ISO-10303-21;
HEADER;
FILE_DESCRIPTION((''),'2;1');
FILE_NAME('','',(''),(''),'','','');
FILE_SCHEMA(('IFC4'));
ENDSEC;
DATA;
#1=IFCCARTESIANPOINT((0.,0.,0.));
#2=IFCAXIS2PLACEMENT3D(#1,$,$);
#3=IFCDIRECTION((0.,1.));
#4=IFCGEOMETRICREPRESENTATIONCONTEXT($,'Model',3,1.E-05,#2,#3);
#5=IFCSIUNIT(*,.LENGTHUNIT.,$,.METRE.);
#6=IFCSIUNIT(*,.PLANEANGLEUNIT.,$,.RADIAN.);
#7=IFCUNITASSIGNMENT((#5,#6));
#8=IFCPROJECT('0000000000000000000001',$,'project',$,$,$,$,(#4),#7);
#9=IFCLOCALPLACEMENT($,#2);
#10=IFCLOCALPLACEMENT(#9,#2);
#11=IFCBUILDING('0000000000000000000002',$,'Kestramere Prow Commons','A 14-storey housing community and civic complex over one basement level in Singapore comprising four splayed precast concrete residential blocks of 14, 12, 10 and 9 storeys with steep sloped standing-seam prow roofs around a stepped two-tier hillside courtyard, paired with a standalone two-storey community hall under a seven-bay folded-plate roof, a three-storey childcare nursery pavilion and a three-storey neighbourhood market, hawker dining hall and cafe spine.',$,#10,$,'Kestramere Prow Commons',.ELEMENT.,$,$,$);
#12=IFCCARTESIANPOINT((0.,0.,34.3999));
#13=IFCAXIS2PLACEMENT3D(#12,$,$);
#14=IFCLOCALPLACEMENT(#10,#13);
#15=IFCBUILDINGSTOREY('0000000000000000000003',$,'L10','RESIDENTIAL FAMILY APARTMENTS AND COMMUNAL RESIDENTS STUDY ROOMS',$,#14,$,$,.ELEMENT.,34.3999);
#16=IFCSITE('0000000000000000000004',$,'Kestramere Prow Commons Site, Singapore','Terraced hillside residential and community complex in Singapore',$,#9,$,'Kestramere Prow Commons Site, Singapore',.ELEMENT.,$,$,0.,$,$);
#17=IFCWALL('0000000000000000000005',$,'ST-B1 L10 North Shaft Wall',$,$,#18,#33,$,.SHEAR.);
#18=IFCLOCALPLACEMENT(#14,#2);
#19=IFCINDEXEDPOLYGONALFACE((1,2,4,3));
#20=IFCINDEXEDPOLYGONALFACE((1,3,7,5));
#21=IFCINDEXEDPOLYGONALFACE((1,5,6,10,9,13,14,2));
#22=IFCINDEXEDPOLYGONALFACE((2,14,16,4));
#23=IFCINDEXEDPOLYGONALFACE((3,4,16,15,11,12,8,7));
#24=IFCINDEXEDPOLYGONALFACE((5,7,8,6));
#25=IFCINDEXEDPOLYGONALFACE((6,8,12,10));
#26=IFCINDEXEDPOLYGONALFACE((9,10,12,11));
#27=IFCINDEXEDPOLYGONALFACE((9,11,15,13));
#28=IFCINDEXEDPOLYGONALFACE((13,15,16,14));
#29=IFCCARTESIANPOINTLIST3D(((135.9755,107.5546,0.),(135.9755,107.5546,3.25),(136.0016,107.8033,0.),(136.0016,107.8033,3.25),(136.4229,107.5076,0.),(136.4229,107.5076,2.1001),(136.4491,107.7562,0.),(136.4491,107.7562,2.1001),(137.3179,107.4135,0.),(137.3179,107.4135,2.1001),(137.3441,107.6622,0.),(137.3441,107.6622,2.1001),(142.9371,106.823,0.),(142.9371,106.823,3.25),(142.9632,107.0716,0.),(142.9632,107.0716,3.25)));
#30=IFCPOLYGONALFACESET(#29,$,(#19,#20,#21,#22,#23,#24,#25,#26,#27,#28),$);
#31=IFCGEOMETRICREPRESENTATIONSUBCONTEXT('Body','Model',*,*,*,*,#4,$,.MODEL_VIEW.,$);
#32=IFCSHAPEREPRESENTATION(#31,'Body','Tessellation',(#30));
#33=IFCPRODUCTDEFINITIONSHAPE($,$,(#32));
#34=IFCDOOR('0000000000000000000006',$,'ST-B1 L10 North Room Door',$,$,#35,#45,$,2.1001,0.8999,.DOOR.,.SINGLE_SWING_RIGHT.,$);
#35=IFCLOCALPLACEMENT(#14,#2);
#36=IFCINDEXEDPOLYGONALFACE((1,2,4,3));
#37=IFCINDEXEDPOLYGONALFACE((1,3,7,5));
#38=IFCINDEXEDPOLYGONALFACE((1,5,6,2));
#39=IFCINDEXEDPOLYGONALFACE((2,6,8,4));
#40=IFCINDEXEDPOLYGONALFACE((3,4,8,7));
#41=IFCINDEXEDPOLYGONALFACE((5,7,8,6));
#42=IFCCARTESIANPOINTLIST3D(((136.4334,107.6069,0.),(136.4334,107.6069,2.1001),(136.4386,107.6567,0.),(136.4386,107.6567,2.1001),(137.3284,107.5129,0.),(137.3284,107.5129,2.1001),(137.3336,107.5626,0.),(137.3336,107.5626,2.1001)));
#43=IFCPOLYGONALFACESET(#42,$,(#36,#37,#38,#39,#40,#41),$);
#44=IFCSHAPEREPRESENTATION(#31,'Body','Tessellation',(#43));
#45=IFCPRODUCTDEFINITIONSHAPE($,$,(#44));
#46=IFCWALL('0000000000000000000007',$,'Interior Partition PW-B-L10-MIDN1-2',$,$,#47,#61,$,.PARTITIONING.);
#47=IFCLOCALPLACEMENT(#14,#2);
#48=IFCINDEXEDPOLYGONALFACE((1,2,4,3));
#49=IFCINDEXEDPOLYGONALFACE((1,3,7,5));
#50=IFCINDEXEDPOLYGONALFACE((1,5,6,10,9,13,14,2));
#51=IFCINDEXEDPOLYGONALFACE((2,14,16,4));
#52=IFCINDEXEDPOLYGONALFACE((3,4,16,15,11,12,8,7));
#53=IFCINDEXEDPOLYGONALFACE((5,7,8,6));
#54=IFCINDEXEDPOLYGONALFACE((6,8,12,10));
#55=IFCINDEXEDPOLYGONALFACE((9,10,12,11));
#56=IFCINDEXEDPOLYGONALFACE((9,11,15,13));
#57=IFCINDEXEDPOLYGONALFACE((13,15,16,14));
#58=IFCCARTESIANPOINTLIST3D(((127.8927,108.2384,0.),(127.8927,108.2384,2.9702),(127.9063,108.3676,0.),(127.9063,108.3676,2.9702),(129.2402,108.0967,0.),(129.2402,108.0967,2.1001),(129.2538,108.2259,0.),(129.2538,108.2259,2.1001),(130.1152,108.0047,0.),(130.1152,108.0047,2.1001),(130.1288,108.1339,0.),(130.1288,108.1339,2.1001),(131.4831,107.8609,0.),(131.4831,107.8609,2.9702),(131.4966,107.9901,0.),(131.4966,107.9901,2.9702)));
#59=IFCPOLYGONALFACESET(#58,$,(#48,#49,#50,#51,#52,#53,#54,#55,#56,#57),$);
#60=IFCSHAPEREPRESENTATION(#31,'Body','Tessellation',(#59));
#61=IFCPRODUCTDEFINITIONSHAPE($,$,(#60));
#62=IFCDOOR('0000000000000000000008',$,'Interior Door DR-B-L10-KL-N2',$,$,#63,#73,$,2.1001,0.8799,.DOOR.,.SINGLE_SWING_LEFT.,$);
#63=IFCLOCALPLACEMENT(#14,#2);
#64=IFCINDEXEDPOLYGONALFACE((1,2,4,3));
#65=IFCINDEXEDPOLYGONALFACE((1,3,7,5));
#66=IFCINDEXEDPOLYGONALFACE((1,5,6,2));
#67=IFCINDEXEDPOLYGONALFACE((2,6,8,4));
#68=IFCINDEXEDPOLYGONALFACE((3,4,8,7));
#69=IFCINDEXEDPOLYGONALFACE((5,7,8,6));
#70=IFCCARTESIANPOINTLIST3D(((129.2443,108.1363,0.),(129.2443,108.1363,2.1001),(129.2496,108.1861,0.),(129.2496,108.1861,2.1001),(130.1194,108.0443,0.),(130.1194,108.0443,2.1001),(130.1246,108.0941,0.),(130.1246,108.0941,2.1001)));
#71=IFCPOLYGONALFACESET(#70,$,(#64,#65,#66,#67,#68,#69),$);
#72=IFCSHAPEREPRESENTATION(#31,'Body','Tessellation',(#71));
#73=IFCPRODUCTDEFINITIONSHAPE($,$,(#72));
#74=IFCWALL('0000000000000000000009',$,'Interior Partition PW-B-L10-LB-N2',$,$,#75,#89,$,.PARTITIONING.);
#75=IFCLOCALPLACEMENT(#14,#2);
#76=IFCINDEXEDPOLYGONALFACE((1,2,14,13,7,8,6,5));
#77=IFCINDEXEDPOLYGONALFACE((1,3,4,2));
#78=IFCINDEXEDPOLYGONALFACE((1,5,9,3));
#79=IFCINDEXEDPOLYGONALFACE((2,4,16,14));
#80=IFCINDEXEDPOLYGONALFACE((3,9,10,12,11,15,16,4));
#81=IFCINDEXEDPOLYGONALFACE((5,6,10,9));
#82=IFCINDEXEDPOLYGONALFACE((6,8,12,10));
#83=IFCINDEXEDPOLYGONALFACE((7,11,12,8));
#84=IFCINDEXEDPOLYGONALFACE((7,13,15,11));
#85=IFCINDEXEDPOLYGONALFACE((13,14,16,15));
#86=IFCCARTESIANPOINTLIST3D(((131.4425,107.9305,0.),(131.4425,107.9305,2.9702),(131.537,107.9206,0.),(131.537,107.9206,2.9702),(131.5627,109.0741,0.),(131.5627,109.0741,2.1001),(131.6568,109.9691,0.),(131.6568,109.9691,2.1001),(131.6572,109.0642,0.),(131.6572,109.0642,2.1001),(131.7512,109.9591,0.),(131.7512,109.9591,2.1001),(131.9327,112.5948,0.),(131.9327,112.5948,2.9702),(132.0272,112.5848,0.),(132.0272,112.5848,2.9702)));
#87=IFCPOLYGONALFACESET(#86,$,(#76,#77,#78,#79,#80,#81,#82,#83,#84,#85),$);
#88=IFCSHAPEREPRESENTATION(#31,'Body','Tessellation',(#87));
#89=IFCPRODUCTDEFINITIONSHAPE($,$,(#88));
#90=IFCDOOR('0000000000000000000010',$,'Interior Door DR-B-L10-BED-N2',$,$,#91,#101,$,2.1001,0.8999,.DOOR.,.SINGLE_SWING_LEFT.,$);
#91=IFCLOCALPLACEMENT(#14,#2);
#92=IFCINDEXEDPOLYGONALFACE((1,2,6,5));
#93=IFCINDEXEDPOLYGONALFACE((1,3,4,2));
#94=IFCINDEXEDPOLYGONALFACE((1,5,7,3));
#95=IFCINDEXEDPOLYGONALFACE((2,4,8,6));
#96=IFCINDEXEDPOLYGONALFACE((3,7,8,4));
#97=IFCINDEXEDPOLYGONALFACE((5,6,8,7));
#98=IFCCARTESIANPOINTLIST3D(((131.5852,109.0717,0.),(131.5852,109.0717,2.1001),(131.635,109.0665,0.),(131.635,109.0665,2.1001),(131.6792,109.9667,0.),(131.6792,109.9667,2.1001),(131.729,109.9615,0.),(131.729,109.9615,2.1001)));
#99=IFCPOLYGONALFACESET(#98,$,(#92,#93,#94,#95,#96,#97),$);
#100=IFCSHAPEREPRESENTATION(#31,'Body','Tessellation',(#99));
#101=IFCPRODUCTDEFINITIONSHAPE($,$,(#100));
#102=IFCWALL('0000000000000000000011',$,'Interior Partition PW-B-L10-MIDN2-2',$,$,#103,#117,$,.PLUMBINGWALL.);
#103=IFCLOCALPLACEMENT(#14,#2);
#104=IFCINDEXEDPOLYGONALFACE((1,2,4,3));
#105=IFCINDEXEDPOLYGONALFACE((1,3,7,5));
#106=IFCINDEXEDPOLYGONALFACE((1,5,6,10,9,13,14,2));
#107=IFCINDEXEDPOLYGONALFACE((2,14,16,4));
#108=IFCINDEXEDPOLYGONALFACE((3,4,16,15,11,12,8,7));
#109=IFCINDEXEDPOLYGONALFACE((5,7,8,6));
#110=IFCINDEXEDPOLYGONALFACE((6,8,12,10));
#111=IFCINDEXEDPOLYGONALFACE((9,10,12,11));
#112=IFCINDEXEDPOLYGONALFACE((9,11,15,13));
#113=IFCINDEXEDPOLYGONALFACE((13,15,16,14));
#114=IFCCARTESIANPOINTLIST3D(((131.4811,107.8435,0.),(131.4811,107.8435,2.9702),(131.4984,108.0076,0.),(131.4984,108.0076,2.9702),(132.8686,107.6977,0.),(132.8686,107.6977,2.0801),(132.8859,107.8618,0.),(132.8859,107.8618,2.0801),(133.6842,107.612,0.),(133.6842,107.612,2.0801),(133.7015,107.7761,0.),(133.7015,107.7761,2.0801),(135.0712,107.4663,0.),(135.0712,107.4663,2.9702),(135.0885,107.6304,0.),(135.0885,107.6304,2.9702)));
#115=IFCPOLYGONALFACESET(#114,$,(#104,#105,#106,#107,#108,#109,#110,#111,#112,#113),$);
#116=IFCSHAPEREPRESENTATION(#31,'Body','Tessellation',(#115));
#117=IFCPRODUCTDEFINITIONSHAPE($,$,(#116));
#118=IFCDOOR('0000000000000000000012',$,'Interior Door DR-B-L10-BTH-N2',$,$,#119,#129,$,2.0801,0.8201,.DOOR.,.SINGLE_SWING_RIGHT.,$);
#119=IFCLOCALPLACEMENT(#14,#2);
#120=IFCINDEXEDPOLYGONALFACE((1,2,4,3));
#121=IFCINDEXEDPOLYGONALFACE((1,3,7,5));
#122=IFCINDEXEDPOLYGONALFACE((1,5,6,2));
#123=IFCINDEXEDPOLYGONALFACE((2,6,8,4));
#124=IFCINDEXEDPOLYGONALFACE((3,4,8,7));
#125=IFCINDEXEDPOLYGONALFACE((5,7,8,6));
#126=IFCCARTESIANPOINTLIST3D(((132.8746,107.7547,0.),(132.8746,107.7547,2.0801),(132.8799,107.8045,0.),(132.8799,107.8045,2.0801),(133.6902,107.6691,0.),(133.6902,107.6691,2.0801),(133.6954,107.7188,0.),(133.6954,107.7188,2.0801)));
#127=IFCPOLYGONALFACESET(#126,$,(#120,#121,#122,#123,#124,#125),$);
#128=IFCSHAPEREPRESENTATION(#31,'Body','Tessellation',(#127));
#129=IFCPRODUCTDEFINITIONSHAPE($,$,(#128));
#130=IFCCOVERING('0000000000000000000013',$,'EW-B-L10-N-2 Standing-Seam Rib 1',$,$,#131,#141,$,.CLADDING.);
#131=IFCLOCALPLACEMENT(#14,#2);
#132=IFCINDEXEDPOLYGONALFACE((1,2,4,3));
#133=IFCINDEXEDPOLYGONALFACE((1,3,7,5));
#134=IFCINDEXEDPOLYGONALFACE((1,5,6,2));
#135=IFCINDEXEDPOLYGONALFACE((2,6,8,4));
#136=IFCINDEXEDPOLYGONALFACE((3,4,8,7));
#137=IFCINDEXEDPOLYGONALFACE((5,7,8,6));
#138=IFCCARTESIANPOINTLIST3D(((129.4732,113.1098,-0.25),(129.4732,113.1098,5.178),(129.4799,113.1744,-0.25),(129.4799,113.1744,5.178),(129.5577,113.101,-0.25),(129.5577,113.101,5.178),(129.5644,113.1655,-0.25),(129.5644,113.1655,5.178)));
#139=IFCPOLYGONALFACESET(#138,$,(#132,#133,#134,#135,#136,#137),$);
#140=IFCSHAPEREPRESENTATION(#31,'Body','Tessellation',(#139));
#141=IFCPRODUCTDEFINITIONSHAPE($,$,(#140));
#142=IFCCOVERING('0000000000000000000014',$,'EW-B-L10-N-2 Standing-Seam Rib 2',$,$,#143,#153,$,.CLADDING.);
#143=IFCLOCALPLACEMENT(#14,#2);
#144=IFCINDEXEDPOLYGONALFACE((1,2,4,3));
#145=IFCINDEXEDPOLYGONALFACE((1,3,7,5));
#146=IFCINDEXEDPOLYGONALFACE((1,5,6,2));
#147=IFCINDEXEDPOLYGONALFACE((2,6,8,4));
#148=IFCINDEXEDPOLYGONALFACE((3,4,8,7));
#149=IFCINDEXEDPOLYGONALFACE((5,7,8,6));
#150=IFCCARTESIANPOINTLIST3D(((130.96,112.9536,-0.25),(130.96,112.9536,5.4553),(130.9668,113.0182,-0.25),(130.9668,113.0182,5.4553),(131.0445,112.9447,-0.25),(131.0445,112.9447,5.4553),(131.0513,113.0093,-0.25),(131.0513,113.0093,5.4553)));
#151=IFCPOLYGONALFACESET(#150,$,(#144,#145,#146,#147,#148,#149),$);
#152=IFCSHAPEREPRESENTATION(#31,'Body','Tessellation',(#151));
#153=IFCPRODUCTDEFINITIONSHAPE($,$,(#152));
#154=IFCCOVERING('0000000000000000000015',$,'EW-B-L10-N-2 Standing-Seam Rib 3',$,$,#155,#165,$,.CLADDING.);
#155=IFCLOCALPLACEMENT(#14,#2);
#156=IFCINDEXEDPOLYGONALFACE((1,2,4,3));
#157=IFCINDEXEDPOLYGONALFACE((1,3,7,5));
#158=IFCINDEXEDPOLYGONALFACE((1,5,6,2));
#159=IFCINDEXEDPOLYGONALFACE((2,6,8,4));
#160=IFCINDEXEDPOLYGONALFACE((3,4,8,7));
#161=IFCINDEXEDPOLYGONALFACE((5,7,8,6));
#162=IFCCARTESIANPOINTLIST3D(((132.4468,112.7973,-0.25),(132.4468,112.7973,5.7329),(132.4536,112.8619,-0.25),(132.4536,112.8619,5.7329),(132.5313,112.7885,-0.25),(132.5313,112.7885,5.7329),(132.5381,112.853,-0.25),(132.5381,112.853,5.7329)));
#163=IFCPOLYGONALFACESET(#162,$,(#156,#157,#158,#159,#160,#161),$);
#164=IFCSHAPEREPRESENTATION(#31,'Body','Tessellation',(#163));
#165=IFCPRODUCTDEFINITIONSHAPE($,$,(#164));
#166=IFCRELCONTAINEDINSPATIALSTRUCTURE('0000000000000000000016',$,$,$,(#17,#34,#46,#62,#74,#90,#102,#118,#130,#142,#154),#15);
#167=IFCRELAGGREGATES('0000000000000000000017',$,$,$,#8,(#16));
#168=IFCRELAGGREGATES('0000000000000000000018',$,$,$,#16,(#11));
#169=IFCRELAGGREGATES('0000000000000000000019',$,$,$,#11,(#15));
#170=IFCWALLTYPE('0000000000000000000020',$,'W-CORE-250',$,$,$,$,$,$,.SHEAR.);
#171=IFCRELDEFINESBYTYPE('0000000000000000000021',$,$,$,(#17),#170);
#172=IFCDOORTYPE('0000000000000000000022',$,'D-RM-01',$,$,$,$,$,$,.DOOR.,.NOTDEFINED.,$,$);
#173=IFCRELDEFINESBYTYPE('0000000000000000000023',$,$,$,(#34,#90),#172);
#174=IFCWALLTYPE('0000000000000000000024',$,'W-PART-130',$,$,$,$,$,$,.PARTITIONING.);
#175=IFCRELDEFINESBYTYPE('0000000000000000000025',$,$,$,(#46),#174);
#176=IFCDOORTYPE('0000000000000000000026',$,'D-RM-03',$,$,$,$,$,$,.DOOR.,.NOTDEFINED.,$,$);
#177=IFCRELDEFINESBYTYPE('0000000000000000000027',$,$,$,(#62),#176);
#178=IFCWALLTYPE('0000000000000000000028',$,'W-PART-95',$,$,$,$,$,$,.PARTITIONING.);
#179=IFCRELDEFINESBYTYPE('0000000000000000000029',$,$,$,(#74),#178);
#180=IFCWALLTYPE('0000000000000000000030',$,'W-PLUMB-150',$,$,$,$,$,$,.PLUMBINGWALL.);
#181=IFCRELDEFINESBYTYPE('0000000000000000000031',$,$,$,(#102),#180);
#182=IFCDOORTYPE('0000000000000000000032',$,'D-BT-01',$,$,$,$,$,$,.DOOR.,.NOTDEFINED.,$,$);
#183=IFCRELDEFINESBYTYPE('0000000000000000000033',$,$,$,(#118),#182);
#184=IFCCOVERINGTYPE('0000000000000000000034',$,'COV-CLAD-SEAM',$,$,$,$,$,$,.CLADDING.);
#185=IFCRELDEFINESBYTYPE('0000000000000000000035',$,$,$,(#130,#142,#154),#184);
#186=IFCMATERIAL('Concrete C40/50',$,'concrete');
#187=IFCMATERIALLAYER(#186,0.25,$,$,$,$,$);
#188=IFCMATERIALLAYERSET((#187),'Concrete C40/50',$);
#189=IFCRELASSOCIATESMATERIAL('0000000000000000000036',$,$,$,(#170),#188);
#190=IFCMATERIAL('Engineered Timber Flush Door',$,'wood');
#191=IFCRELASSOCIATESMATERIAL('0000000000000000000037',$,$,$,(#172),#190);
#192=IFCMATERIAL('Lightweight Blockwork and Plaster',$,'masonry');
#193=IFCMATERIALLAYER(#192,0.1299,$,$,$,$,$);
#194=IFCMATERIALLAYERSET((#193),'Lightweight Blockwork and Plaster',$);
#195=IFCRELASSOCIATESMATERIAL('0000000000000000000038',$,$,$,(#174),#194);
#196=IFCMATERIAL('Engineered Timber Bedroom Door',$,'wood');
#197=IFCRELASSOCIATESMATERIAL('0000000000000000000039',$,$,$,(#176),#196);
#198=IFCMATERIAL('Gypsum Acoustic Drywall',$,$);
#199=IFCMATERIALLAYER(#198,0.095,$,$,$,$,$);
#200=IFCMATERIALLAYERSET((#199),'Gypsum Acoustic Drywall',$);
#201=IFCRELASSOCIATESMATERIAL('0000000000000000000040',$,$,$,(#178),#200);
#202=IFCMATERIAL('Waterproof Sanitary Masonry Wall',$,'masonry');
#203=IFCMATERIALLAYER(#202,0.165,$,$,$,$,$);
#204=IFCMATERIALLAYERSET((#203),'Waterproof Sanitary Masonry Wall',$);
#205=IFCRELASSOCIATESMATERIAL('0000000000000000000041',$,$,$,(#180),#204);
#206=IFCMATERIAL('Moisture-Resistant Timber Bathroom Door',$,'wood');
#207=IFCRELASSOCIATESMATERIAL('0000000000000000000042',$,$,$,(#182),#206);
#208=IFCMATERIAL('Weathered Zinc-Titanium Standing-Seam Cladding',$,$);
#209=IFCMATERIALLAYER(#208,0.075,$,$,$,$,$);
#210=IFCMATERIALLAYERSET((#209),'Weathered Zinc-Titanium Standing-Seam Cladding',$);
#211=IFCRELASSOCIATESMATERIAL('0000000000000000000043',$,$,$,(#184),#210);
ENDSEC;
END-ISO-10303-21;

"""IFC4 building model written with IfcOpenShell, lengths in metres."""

from ifc_helpers import new_model, si_unit, direction, frame, frame_2d, origin, origin_2d, place, context, subcontext, project, spatial, rectangle, extrude, material, layer, layer_set, type_object, element, fill, save


model = new_model("IFC4")

# Units and contexts
model_context = context("Model", 3, precision=1e-05, world=origin(), true_north=direction((0.0, 1.0)))
body_context = subcontext(model_context, "Body", "Model", "MODEL_VIEW")
ifc_project = project(units=[si_unit("LENGTHUNIT", "METRE"), si_unit("PLANEANGLEUNIT", "RADIAN")], contexts=[model_context])

# Site, building, storey
site_placement = place(None, origin())
site = spatial("IfcSite", under=ifc_project, at=site_placement, Name="Kestramere Prow Commons Site, Singapore", Description="Terraced hillside residential and community complex in Singapore", LongName="Kestramere Prow Commons Site, Singapore", CompositionType="ELEMENT", RefElevation=0.0)
building_placement = place(site_placement, origin())
building = spatial("IfcBuilding", under=site, at=building_placement, Name="Kestramere Prow Commons", Description="A 14-storey housing community and civic complex over one basement level in Singapore comprising four splayed precast concrete residential blocks of 14, 12, 10 and 9 storeys with steep sloped standing-seam prow roofs around a stepped two-tier hillside courtyard, paired with a standalone two-storey community hall under a seven-bay folded-plate roof, a three-storey childcare nursery pavilion and a three-storey neighbourhood market, hawker dining hall and cafe spine.", LongName="Kestramere Prow Commons", CompositionType="ELEMENT")
storey_placement = place(building_placement, frame((0.0, 0.0, 34.3999)))
storey = spatial("IfcBuildingStorey", under=building, at=storey_placement, Name="L10", Description="RESIDENTIAL FAMILY APARTMENTS AND COMMUNAL RESIDENTS STUDY ROOMS", CompositionType="ELEMENT", Elevation=34.3999)

# Walls, openings, doors
ifc_material_1 = material(Name="Concrete C40/50", Category="concrete")
ifc_layer_1 = layer(ifc_material_1, 0.25)
ifc_layer_set_1 = layer_set([ifc_layer_1], Name="Concrete C40/50")
wall_type_1 = type_object("IfcWallType", Name="W-CORE-250", PredefinedType="SHEAR", material=ifc_layer_set_1)
wall_1_placement = place(storey_placement, frame((135.9885, 107.679, 0.0), z_axis=(0.0, 0.0, 1.0), x_axis=(0.994522, -0.104527, 0.0)))
wall_1 = element("IfcWall", 1, at=wall_1_placement, inside=storey, type_object=wall_type_1, Name="ST-B1 L10 North Shaft Wall", PredefinedType="SHEAR", context=body_context, shape_type="SweptSolid", body=[
    extrude(rectangle(XDim=7.0, YDim=0.25, at=frame_2d((3.5, 0.0))), origin(), (0.0, 0.0, 1.0), 3.25),
])
opening_1_placement = place(wall_1_placement, frame((0.45, 0.0, 0.0)))
opening_1 = element("IfcOpeningElement", 2, at=opening_1_placement, cuts=wall_1, PredefinedType="OPENING", context=body_context, shape_type="SweptSolid", body=[
    extrude(rectangle(XDim=0.8999, YDim=2.1001, at=frame_2d((0.45, 1.05))), frame((0.0, 0.1399, 0.0), z_axis=(0.0, -1.0, 0.0), x_axis=(1.0, 0.0, 0.0)), (0.0, 0.0, 1.0), 0.28),
])
ifc_material_2 = material(Name="Engineered Timber Flush Door", Category="wood")
door_type_1 = type_object("IfcDoorType", Name="D-RM-01", OperationType="NOTDEFINED", PredefinedType="DOOR", material=ifc_material_2)
door_1_placement = place(opening_1_placement, origin())
door_1 = element("IfcDoor", 3, at=door_1_placement, inside=storey, type_object=door_type_1, Name="ST-B1 L10 North Room Door", OperationType="SINGLE_SWING_RIGHT", OverallHeight=2.1001, OverallWidth=0.8999, PredefinedType="DOOR", context=body_context, shape_type="SweptSolid", body=[
    extrude(rectangle(XDim=0.8999, YDim=2.1001, at=frame_2d((0.45, 1.05))), frame((0.0, 0.0249, 0.0), z_axis=(0.0, -1.0, 0.0), x_axis=(1.0, 0.0, 0.0)), (0.0, 0.0, 1.0), 0.05),
])
fill(opening_1, door_1)
ifc_material_3 = material(Name="Lightweight Blockwork and Plaster", Category="masonry")
ifc_layer_2 = layer(ifc_material_3, 0.1299)
ifc_layer_set_2 = layer_set([ifc_layer_2], Name="Lightweight Blockwork and Plaster")
wall_type_2 = type_object("IfcWallType", Name="W-PART-130", PredefinedType="PARTITIONING", material=ifc_layer_set_2)
wall_2_placement = place(storey_placement, frame((127.8994, 108.303, 0.0), z_axis=(0.0, 0.0, 1.0), x_axis=(0.99452, -0.104551, 0.0)))
wall_2 = element("IfcWall", 4, at=wall_2_placement, inside=storey, type_object=wall_type_2, Name="Interior Partition PW-B-L10-MIDN1-2", PredefinedType="PARTITIONING", context=body_context, shape_type="SweptSolid", body=[
    extrude(rectangle(XDim=3.6101, YDim=0.1299, at=frame_2d((1.8052, 0.0))), origin(), (0.0, 0.0, 1.0), 2.9702),
])
opening_2_placement = place(wall_2_placement, frame((1.355, 0.0, 0.0)))
opening_2 = element("IfcOpeningElement", 5, at=opening_2_placement, cuts=wall_2, PredefinedType="OPENING", context=body_context, shape_type="SweptSolid", body=[
    extrude(rectangle(XDim=0.8799, YDim=2.1001, at=frame_2d((0.4399, 1.05))), frame((0.0, 0.0798, 0.0), z_axis=(0.0, -1.0, 0.0), x_axis=(1.0, 0.0, 0.0)), (0.0, 0.0, 1.0), 0.1599),
])
ifc_material_4 = material(Name="Engineered Timber Bedroom Door", Category="wood")
door_type_2 = type_object("IfcDoorType", Name="D-RM-03", OperationType="NOTDEFINED", PredefinedType="DOOR", material=ifc_material_4)
door_2_placement = place(opening_2_placement, origin())
door_2 = element("IfcDoor", 6, at=door_2_placement, inside=storey, type_object=door_type_2, Name="Interior Door DR-B-L10-KL-N2", OperationType="SINGLE_SWING_LEFT", OverallHeight=2.1001, OverallWidth=0.8799, PredefinedType="DOOR", context=body_context, shape_type="SweptSolid", body=[
    extrude(rectangle(XDim=0.8799, YDim=2.1001, at=frame_2d((0.4399, 1.05))), frame((0.0, 0.0249, 0.0), z_axis=(0.0, -1.0, 0.0), x_axis=(1.0, 0.0, 0.0)), (0.0, 0.0, 1.0), 0.05),
])
fill(opening_2, door_2)
ifc_material_5 = material(Name="Gypsum Acoustic Drywall")
ifc_layer_3 = layer(ifc_material_5, 0.095)
ifc_layer_set_3 = layer_set([ifc_layer_3], Name="Gypsum Acoustic Drywall")
wall_type_3 = type_object("IfcWallType", Name="W-PART-95", PredefinedType="PARTITIONING", material=ifc_layer_set_3)
wall_3_placement = place(storey_placement, frame((131.4897, 107.9255, 0.0), z_axis=(0.0, 0.0, 1.0), x_axis=(0.104528, 0.994522, 0.0)))
wall_3 = element("IfcWall", 7, at=wall_3_placement, inside=storey, type_object=wall_type_3, Name="Interior Partition PW-B-L10-LB-N2", PredefinedType="PARTITIONING", context=body_context, shape_type="SweptSolid", body=[
    extrude(rectangle(XDim=4.6899, YDim=0.095, at=frame_2d((2.345, 0.0))), origin(), (0.0, 0.0, 1.0), 2.9702),
])
opening_3_placement = place(wall_3_placement, frame((1.1499, 0.0, 0.0)))
opening_3 = element("IfcOpeningElement", 8, at=opening_3_placement, cuts=wall_3, PredefinedType="OPENING", context=body_context, shape_type="SweptSolid", body=[
    extrude(rectangle(XDim=0.8999, YDim=2.1001, at=frame_2d((0.45, 1.05))), frame((0.0, 0.0625, 0.0), z_axis=(0.0, -1.0, 0.0), x_axis=(1.0, 0.0, 0.0)), (0.0, 0.0, 1.0), 0.125),
])
door_3_placement = place(opening_3_placement, origin())
door_3 = element("IfcDoor", 9, at=door_3_placement, inside=storey, type_object=door_type_1, Name="Interior Door DR-B-L10-BED-N2", OperationType="SINGLE_SWING_LEFT", OverallHeight=2.1001, OverallWidth=0.8999, PredefinedType="DOOR", context=body_context, shape_type="SweptSolid", body=[
    extrude(rectangle(XDim=0.8999, YDim=2.1001, at=frame_2d((0.45, 1.05))), frame((0.0, 0.0249, 0.0), z_axis=(0.0, -1.0, 0.0), x_axis=(1.0, 0.0, 0.0)), (0.0, 0.0, 1.0), 0.05),
])
fill(opening_3, door_3)
ifc_material_6 = material(Name="Waterproof Sanitary Masonry Wall", Category="masonry")
ifc_layer_4 = layer(ifc_material_6, 0.165)
ifc_layer_set_4 = layer_set([ifc_layer_4], Name="Waterproof Sanitary Masonry Wall")
wall_type_4 = type_object("IfcWallType", Name="W-PLUMB-150", PredefinedType="PLUMBINGWALL", material=ifc_layer_set_4)
wall_4_placement = place(storey_placement, frame((131.4897, 107.9255, 0.0), z_axis=(0.0, 0.0, 1.0), x_axis=(0.994526, -0.104491, 0.0)))
wall_4 = element("IfcWall", 10, at=wall_4_placement, inside=storey, type_object=wall_type_4, Name="Interior Partition PW-B-L10-MIDN2-2", PredefinedType="PLUMBINGWALL", context=body_context, shape_type="SweptSolid", body=[
    extrude(rectangle(XDim=3.6099, YDim=0.165, at=frame_2d((1.8049, 0.0))), origin(), (0.0, 0.0, 1.0), 2.9702),
])
opening_4_placement = place(wall_4_placement, frame((1.395, 0.0, 0.0)))
opening_4 = element("IfcOpeningElement", 11, at=opening_4_placement, cuts=wall_4, PredefinedType="OPENING", context=body_context, shape_type="SweptSolid", body=[
    extrude(rectangle(XDim=0.8201, YDim=2.0801, at=frame_2d((0.4102, 1.04))), frame((0.0, 0.0974, 0.0), z_axis=(0.0, -1.0, 0.0), x_axis=(1.0, 0.0, 0.0)), (0.0, 0.0, 1.0), 0.1951),
])
ifc_material_7 = material(Name="Moisture-Resistant Timber Bathroom Door", Category="wood")
door_type_3 = type_object("IfcDoorType", Name="D-BT-01", OperationType="NOTDEFINED", PredefinedType="DOOR", material=ifc_material_7)
door_4_placement = place(opening_4_placement, origin())
door_4 = element("IfcDoor", 12, at=door_4_placement, inside=storey, type_object=door_type_3, Name="Interior Door DR-B-L10-BTH-N2", OperationType="SINGLE_SWING_RIGHT", OverallHeight=2.0801, OverallWidth=0.8201, PredefinedType="DOOR", context=body_context, shape_type="SweptSolid", body=[
    extrude(rectangle(XDim=0.8201, YDim=2.0801, at=frame_2d((0.4102, 1.04))), frame((0.0, 0.0249, 0.0), z_axis=(0.0, -1.0, 0.0), x_axis=(1.0, 0.0, 0.0)), (0.0, 0.0, 1.0), 0.05),
])
fill(opening_4, door_4)

# Coverings
ifc_material_8 = material(Name="Weathered Zinc-Titanium Standing-Seam Cladding")
ifc_layer_5 = layer(ifc_material_8, 0.075)
ifc_layer_set_5 = layer_set([ifc_layer_5], Name="Weathered Zinc-Titanium Standing-Seam Cladding")
covering_type = type_object("IfcCoveringType", Name="COV-CLAD-SEAM", PredefinedType="CLADDING", material=ifc_layer_set_5)
covering_1_placement = place(storey_placement, frame((129.5188, 113.1377, -0.25), z_axis=(0.0, 0.0, 1.0), x_axis=(0.994522, -0.104528, 0.0)))
element("IfcCovering", 13, at=covering_1_placement, inside=storey, type_object=covering_type, Name="EW-B-L10-N-2 Standing-Seam Rib 1", PredefinedType="CLADDING", context=body_context, shape_type="SweptSolid", body=[
    extrude(rectangle(XDim=0.085, YDim=0.0649, at=origin_2d()), origin(), (0.0, 0.0, 1.0), 5.428),
])
covering_2_placement = place(storey_placement, frame((131.0056, 112.9814, -0.25), z_axis=(0.0, 0.0, 1.0), x_axis=(0.994522, -0.104528, 0.0)))
element("IfcCovering", 14, at=covering_2_placement, inside=storey, type_object=covering_type, Name="EW-B-L10-N-2 Standing-Seam Rib 2", PredefinedType="CLADDING", context=body_context, shape_type="SweptSolid", body=[
    extrude(rectangle(XDim=0.085, YDim=0.0649, at=origin_2d()), origin(), (0.0, 0.0, 1.0), 5.7053),
])
covering_3_placement = place(storey_placement, frame((132.4924, 112.8252, -0.25), z_axis=(0.0, 0.0, 1.0), x_axis=(0.994522, -0.104528, 0.0)))
element("IfcCovering", 15, at=covering_3_placement, inside=storey, type_object=covering_type, Name="EW-B-L10-N-2 Standing-Seam Rib 3", PredefinedType="CLADDING", context=body_context, shape_type="SweptSolid", body=[
    extrude(rectangle(XDim=0.085, YDim=0.0649, at=origin_2d()), origin(), (0.0, 0.0, 1.0), 5.9829),
])

save(model, "model.ifc")
